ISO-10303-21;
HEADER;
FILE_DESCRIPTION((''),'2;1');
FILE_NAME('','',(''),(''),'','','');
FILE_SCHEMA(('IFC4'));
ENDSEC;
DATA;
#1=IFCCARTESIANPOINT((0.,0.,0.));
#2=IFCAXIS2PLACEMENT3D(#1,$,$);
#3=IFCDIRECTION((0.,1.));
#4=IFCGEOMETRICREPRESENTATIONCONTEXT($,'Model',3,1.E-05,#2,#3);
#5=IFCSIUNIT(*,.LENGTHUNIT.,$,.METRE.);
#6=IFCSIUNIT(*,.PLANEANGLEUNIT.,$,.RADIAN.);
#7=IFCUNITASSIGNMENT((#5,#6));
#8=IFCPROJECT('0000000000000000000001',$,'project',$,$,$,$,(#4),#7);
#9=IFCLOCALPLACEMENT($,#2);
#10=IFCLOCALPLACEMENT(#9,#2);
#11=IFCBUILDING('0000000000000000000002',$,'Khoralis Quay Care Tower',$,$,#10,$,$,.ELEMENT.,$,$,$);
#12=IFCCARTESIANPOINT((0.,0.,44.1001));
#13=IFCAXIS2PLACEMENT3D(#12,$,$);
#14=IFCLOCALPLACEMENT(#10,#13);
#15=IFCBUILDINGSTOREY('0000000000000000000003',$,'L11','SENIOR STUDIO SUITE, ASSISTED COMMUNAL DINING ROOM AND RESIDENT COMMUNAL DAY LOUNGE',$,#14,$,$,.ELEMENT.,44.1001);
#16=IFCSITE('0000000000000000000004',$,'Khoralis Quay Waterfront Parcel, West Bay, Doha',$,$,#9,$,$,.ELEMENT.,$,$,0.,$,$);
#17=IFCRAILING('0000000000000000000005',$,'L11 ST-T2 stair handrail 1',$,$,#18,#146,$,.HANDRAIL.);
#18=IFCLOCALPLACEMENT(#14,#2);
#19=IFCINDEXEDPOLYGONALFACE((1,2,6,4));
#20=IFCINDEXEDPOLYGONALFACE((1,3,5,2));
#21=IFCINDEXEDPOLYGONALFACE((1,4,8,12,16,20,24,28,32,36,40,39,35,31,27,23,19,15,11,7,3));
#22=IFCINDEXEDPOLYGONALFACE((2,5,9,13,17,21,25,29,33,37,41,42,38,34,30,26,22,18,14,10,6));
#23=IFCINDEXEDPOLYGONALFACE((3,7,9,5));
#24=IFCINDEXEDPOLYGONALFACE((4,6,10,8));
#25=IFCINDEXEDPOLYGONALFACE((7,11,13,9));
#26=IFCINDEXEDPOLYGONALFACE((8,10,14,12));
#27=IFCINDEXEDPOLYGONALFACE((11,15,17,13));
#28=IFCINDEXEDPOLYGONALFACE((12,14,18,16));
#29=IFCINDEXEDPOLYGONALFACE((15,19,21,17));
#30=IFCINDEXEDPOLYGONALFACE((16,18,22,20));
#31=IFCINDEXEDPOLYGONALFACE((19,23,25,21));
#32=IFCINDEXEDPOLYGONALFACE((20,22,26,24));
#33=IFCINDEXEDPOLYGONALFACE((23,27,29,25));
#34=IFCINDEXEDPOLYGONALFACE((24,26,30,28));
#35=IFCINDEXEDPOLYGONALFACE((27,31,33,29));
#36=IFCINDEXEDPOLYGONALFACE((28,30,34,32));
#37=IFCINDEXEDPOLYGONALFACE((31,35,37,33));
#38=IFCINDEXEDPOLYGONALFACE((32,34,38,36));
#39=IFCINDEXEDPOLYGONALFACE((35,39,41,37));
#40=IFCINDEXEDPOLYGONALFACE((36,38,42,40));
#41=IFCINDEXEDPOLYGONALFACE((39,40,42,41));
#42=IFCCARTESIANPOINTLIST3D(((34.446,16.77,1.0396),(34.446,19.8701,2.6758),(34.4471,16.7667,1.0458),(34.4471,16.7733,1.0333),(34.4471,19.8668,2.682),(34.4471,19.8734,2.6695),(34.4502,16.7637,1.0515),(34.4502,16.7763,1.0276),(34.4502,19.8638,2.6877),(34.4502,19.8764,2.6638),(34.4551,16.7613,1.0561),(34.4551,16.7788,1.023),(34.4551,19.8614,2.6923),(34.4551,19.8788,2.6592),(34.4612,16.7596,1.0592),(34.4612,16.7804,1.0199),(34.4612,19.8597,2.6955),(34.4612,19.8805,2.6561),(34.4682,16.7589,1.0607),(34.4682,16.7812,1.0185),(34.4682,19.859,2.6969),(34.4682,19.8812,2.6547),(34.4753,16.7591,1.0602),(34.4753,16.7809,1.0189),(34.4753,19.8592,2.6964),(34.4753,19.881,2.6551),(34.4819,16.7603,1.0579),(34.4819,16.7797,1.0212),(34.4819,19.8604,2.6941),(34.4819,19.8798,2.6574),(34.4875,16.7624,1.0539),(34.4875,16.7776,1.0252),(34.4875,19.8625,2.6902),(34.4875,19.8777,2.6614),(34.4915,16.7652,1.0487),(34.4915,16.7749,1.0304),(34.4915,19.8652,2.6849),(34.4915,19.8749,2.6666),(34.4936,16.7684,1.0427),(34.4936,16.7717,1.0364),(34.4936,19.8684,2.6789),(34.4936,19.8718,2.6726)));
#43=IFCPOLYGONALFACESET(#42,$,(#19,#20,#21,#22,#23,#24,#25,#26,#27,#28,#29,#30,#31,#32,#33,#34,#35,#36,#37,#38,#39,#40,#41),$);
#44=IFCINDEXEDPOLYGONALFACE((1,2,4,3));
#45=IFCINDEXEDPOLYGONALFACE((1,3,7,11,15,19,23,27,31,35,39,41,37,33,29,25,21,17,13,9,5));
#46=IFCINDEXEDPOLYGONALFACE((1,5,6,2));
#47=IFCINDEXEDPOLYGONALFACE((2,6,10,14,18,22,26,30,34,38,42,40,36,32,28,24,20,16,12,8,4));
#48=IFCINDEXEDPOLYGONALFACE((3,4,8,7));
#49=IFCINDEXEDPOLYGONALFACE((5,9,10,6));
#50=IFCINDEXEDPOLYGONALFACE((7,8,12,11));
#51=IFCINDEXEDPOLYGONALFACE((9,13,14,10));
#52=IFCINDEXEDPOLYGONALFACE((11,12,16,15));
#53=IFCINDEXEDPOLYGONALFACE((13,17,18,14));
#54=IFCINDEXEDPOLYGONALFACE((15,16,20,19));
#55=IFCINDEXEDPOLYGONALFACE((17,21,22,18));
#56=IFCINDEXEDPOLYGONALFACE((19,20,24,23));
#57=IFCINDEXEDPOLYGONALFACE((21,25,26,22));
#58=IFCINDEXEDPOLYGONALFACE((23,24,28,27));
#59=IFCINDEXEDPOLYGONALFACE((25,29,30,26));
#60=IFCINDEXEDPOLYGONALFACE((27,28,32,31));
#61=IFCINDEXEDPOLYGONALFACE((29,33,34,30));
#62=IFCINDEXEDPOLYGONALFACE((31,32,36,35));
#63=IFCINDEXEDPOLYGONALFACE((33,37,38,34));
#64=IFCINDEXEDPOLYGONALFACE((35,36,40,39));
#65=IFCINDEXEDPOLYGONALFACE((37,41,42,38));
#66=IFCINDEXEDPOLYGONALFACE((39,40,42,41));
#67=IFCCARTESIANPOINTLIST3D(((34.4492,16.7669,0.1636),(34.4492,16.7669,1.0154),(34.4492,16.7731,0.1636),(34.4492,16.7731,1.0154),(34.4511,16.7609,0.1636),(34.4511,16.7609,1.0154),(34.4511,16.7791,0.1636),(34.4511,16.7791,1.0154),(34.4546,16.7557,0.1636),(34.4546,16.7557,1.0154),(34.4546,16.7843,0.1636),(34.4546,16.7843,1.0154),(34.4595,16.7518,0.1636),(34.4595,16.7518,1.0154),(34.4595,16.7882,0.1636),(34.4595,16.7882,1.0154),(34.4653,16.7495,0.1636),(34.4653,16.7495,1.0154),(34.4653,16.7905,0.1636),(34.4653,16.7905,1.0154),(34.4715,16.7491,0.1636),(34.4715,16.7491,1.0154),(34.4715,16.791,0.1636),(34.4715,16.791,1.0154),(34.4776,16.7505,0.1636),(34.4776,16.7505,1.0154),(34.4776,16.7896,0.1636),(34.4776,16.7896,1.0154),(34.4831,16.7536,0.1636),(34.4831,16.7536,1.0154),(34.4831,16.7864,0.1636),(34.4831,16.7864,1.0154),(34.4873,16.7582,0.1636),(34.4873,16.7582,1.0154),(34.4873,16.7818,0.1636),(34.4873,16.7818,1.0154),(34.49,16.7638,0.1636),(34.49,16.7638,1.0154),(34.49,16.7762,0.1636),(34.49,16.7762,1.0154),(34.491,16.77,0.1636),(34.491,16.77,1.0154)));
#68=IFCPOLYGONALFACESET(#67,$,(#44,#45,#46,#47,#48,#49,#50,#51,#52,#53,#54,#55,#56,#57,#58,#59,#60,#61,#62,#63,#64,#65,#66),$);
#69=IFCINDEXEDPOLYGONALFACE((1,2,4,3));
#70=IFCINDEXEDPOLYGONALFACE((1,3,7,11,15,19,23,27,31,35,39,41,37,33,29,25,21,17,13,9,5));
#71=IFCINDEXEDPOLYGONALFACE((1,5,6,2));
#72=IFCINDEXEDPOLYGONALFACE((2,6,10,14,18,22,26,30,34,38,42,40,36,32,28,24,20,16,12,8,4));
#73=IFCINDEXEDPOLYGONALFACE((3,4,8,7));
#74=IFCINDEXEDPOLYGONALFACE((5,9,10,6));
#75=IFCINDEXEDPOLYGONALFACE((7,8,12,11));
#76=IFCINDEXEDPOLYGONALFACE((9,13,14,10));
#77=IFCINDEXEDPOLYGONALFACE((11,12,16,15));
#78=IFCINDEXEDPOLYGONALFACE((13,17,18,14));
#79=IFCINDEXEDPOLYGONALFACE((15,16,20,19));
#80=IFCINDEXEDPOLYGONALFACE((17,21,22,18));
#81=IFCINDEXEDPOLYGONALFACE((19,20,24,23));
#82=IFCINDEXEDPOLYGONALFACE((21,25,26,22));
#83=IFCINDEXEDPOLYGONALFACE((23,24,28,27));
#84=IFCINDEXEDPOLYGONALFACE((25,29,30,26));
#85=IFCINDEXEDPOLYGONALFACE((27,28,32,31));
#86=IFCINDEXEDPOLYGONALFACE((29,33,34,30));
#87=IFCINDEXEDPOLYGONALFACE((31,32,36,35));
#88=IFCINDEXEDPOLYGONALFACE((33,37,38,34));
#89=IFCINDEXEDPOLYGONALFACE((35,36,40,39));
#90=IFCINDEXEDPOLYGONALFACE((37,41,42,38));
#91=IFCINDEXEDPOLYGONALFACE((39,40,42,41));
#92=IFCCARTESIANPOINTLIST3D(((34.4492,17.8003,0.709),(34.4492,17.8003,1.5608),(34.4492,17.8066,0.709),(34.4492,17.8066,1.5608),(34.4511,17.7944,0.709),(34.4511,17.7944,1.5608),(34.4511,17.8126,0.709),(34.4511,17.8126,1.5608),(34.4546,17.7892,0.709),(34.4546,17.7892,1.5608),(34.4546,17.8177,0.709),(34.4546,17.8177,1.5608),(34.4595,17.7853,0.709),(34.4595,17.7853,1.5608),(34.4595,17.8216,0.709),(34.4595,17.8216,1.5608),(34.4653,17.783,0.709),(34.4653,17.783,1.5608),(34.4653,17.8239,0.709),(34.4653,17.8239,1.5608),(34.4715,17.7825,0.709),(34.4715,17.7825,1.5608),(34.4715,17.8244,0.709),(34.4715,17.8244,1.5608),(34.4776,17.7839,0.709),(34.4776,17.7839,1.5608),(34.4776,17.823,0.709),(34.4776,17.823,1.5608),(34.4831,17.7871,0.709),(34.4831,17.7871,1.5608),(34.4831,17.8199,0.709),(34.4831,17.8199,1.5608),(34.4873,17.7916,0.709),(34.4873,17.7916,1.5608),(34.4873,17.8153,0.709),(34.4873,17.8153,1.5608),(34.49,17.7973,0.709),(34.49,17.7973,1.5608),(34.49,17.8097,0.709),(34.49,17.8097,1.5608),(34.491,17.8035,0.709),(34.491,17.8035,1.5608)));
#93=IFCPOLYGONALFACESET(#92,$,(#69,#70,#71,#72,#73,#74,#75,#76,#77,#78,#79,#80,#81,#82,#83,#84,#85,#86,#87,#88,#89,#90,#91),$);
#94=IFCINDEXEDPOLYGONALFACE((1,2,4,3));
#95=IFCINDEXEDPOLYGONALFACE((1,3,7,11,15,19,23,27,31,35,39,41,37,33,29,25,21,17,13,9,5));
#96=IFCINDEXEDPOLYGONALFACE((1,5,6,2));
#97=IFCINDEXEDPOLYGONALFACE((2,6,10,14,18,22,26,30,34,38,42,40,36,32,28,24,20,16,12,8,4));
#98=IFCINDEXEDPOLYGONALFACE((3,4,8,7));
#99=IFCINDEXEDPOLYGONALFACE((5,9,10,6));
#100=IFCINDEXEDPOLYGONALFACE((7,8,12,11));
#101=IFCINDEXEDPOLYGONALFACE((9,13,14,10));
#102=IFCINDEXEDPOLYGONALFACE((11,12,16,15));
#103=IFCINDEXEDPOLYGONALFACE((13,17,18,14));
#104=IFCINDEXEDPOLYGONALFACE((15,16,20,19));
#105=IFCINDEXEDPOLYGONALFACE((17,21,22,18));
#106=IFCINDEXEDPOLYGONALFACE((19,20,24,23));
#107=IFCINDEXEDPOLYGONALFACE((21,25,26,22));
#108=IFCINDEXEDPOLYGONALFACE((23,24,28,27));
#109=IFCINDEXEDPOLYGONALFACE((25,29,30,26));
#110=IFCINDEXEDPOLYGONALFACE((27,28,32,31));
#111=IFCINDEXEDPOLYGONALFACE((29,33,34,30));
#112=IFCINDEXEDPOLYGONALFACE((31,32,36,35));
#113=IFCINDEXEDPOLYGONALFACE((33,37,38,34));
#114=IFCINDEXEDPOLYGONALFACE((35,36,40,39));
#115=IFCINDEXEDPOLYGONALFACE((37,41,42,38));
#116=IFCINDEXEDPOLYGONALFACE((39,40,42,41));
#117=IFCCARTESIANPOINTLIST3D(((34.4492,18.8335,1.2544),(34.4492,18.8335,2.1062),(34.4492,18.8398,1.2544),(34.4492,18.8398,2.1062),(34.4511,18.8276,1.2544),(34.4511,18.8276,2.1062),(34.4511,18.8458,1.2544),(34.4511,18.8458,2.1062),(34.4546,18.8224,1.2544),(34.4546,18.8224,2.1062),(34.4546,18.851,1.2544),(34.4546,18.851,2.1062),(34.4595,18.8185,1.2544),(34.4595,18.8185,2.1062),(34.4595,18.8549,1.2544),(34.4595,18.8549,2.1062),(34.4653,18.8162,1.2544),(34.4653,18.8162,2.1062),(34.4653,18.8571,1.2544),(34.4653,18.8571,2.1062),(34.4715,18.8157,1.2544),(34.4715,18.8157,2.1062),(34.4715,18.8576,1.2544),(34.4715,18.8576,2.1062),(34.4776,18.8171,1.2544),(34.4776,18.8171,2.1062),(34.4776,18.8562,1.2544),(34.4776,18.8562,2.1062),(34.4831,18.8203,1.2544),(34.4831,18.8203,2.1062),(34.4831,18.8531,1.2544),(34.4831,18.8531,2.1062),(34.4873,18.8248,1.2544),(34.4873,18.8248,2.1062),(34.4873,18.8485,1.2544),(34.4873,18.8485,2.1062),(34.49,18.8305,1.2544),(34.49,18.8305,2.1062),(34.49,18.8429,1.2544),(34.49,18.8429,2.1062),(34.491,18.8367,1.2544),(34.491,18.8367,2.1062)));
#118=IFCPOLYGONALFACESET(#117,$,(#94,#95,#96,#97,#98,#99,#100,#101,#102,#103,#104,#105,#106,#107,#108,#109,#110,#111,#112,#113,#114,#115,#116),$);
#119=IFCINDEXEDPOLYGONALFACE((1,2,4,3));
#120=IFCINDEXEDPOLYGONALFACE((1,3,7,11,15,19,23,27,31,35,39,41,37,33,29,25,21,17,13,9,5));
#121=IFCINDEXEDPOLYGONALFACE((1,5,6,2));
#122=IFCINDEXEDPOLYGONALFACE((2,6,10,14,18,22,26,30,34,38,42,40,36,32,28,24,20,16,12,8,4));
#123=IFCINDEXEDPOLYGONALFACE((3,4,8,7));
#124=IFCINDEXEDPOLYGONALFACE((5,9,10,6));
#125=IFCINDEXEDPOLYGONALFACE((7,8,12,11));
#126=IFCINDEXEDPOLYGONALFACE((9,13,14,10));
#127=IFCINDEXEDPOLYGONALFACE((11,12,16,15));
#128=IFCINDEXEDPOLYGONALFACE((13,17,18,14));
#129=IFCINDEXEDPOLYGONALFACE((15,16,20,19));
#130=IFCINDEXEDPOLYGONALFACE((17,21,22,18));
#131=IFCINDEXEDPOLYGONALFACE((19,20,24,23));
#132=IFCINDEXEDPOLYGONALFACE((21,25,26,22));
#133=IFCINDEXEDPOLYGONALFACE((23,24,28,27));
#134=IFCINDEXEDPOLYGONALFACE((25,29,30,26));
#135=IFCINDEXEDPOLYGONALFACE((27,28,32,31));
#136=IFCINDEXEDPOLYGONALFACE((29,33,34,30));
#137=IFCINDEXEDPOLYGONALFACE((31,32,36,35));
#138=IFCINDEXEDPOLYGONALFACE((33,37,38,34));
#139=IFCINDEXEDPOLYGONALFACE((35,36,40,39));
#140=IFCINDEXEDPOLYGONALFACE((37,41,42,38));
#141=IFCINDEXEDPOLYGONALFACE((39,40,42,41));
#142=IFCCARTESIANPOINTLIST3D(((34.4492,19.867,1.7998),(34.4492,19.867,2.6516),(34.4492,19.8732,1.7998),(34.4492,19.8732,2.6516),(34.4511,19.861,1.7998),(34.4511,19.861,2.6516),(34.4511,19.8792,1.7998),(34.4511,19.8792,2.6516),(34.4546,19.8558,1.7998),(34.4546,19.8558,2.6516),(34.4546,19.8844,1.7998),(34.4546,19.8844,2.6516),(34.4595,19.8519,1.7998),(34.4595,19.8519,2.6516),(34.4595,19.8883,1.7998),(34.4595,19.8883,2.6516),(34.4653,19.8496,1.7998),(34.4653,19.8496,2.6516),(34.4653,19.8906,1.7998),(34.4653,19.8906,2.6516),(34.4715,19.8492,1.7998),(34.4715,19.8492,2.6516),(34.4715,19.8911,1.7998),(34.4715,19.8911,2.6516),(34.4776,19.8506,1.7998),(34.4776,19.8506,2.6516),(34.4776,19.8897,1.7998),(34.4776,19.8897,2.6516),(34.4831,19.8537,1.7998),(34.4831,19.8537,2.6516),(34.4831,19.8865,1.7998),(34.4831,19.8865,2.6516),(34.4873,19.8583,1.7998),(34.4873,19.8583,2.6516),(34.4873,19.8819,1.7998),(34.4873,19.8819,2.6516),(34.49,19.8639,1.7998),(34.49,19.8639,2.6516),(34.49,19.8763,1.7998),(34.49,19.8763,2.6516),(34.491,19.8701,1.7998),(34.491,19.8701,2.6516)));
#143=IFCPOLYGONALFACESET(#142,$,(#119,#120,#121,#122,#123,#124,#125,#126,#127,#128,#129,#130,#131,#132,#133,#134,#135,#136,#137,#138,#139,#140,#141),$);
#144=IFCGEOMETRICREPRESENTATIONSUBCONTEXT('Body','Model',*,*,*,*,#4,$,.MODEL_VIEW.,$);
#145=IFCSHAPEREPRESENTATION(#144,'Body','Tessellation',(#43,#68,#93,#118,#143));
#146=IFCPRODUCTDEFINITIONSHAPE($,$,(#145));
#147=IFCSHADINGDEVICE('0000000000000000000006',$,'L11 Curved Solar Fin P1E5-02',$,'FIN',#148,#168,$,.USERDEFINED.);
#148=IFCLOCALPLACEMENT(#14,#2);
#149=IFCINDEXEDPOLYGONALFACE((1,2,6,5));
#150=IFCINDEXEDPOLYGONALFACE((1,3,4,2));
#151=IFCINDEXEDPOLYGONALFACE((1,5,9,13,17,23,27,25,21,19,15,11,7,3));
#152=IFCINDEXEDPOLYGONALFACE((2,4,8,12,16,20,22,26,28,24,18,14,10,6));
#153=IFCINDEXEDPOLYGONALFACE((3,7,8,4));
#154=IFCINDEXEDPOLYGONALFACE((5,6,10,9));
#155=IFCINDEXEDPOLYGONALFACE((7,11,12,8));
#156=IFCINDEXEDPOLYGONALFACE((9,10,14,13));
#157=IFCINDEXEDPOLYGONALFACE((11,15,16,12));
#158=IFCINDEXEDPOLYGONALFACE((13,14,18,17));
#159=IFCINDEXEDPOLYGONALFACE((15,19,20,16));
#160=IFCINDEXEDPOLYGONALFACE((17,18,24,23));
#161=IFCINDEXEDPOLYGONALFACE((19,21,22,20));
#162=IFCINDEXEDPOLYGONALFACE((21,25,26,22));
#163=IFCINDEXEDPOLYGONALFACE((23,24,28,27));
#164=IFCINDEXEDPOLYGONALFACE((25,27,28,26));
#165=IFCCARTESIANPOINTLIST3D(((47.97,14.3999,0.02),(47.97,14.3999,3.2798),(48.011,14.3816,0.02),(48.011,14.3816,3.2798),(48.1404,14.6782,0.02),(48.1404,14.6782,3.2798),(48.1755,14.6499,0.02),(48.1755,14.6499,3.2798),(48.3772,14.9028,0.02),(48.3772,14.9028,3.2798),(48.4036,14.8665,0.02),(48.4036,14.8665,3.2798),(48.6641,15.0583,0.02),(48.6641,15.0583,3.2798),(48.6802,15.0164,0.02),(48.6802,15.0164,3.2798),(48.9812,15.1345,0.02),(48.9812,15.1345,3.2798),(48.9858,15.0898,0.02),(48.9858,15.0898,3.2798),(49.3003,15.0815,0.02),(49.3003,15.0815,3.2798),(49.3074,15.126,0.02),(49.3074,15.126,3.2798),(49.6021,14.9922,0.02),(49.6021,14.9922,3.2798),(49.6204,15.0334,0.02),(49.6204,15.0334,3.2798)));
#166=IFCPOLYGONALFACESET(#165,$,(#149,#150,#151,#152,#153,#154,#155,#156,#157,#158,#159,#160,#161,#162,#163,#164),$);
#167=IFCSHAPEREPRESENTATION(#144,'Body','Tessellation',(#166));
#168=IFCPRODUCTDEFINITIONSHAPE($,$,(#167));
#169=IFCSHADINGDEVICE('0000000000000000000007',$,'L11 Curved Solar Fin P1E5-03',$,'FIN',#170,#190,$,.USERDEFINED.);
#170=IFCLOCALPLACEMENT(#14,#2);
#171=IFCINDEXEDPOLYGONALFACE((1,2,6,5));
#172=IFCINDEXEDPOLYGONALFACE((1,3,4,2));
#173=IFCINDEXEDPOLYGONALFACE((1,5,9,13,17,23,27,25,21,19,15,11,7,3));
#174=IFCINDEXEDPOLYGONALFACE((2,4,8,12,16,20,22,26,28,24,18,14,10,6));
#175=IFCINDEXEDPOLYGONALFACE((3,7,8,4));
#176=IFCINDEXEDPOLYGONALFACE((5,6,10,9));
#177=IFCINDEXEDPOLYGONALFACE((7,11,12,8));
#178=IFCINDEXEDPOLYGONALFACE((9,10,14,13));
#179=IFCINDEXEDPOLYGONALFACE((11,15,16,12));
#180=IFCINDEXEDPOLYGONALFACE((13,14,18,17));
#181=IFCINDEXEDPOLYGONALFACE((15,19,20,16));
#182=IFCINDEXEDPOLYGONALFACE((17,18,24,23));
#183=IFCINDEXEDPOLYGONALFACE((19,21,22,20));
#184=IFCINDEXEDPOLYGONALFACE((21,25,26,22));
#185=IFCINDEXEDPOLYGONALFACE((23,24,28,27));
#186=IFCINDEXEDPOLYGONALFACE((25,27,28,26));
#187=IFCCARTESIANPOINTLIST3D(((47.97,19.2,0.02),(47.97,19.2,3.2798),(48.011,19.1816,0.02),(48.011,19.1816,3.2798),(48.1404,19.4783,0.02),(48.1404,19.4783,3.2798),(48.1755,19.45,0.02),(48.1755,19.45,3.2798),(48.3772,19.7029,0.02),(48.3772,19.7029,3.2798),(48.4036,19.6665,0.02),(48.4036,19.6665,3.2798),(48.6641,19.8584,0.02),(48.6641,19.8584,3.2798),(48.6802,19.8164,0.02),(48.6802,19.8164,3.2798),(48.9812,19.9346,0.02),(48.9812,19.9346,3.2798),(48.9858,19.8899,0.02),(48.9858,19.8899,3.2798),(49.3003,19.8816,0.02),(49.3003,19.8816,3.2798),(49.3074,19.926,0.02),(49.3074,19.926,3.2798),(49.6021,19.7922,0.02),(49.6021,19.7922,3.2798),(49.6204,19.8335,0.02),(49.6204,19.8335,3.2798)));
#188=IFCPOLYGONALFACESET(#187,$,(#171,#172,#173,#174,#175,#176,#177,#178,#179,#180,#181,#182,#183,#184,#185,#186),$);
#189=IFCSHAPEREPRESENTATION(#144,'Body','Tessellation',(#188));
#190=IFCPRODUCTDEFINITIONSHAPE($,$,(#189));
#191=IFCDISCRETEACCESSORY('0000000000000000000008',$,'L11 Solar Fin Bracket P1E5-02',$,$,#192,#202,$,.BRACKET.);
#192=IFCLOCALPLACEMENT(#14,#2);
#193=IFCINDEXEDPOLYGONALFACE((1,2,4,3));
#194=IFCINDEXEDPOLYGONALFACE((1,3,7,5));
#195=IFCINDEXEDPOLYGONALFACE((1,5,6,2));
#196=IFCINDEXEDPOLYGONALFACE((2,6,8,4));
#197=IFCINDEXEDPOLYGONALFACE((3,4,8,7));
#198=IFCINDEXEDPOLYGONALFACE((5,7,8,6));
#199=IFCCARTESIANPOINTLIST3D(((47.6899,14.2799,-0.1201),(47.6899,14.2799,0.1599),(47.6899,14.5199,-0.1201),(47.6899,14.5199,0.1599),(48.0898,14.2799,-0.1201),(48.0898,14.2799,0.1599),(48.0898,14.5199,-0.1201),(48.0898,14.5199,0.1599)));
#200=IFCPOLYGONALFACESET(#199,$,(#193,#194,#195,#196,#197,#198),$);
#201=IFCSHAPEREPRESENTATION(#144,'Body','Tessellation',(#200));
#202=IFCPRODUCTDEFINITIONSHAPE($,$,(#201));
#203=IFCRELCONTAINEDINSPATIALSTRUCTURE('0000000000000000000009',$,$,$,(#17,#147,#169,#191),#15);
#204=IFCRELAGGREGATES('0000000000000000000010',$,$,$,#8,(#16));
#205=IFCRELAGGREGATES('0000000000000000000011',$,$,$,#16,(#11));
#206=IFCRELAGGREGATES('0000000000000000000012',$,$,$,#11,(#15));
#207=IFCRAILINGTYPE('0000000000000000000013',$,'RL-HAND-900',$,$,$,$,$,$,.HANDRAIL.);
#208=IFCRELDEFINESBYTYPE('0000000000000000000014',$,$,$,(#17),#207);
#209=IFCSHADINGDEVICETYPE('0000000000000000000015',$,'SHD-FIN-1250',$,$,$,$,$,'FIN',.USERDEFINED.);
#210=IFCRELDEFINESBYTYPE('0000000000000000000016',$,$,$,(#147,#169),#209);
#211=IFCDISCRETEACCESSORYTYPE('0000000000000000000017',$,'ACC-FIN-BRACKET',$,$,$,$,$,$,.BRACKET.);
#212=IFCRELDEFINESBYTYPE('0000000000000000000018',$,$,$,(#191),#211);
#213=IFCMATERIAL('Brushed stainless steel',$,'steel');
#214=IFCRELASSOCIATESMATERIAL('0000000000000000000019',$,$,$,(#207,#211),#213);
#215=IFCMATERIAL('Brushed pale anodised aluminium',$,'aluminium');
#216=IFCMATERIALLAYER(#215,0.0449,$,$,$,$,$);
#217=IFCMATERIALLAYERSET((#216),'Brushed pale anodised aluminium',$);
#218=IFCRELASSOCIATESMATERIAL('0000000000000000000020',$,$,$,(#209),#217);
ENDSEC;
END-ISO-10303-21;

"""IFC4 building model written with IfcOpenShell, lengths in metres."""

from ifc_helpers import new_model, si_unit, direction, frame, origin, origin_2d, place, context, subcontext, project, spatial, polyline, rectangle, circle, outline, extrude, source, transform, mapped, material, layer, layer_set, type_object, element, save


model = new_model("IFC4")

# Units and contexts
model_context = context("Model", 3, precision=1e-05, world=origin(), true_north=direction((0.0, 1.0)))
body_context = subcontext(model_context, "Body", "Model", "MODEL_VIEW")
ifc_project = project(units=[si_unit("LENGTHUNIT", "METRE"), si_unit("PLANEANGLEUNIT", "RADIAN")], contexts=[model_context])

# Site, building, storey
site_placement = place(None, origin())
site = spatial("IfcSite", under=ifc_project, at=site_placement, Name="Khoralis Quay Waterfront Parcel, West Bay, Doha", CompositionType="ELEMENT", RefElevation=0.0)
building_placement = place(site_placement, origin())
building = spatial("IfcBuilding", under=site, at=building_placement, Name="Khoralis Quay Care Tower", CompositionType="ELEMENT")
storey_placement = place(building_placement, frame((0.0, 0.0, 44.1001)))
storey = spatial("IfcBuildingStorey", under=building, at=storey_placement, Name="L11", Description="SENIOR STUDIO SUITE, ASSISTED COMMUNAL DINING ROOM AND RESIDENT COMMUNAL DAY LOUNGE", CompositionType="ELEMENT", Elevation=44.1001)

# Railing
ifc_material_1 = material(Name="Brushed stainless steel", Category="steel")
railing_type = type_object("IfcRailingType", Name="RL-HAND-900", PredefinedType="HANDRAIL", material=ifc_material_1)
railing_placement = place(storey_placement, frame((34.47, 16.77, 0.1636)))
element("IfcRailing", 1, at=railing_placement, inside=storey, type_object=railing_type, Name="L11 ST-T2 stair handrail 1", PredefinedType="HANDRAIL", context=body_context, shape_type="SweptSolid", body=[
    extrude(circle(Radius=0.0239, at=origin_2d()), frame((0.0, 0.0, 0.876), z_axis=(0.0, 0.884377, 0.466774), x_axis=(-1.0, 0.0, 0.0)), (0.0, 0.0, 1.0), 3.5054),
    extrude(circle(Radius=0.021, at=origin_2d()), origin(), (0.0, 0.0, 1.0), 0.8518),
    extrude(circle(Radius=0.021, at=origin_2d()), frame((0.0, 1.0334, 0.5454)), (0.0, 0.0, 1.0), 0.8518),
    extrude(circle(Radius=0.021, at=origin_2d()), frame((0.0, 2.0667, 1.0908)), (0.0, 0.0, 1.0), 0.8518),
    extrude(circle(Radius=0.021, at=origin_2d()), frame((0.0, 3.1001, 1.6362)), (0.0, 0.0, 1.0), 0.8518),
])

# Shading devices
ifc_material_2 = material(Name="Brushed pale anodised aluminium", Category="aluminium")
ifc_layer_1 = layer(ifc_material_2, 0.0449)
ifc_layer_set_1 = layer_set([ifc_layer_1], Name="Brushed pale anodised aluminium")
shading_device_type = type_object("IfcShadingDeviceType", Name="SHD-FIN-1250", ElementType="FIN", PredefinedType="USERDEFINED", material=ifc_layer_set_1)
shared_shape_1 = source(origin(), body_context, "Body", "SweptSolid", [
    extrude(outline(polyline([(0.0, 0.0), (0.1704, 0.2783), (0.4072, 0.5029), (0.6941, 0.6584), (1.0112, 0.7346), (1.3374, 0.7261), (1.6504, 0.6335), (1.6321, 0.5923), (1.3303, 0.6816), (1.0159, 0.6899), (0.7102, 0.6165), (0.4336, 0.4666), (0.2056, 0.25), (0.041, -0.0183), (0.0, 0.0)])), origin(), (0.0, 0.0, 1.0), 3.2598),
])
for number, where, z_axis, x_axis, name in (
    (2, (47.97, 14.3999, 0.02), (0.0, 0.0, 1.0), (1.0, 0.0, 0.0), "L11 Curved Solar Fin P1E5-02"),
    (3, (47.97, 19.2, 0.02), (0.0, 0.0, 1.0), (1.0, 0.0, 0.0), "L11 Curved Solar Fin P1E5-03"),
):
    element("IfcShadingDevice", number, at=place(storey_placement, frame(where, z_axis=z_axis, x_axis=x_axis)), inside=storey, type_object=shading_device_type, Name=name, ObjectType="FIN", PredefinedType="USERDEFINED", context=body_context, shape_type="MappedRepresentation", body=[
        mapped(shared_shape_1, transform((0.0, 0.0, 0.0), scale=1.0)),
    ])

# Discrete accessory
discrete_accessory_type = type_object("IfcDiscreteAccessoryType", Name="ACC-FIN-BRACKET", PredefinedType="BRACKET", material=ifc_material_1)
shared_shape_2 = source(origin(), body_context, "Body", "SweptSolid", [
    extrude(rectangle(XDim=0.3999, YDim=0.24, at=origin_2d()), origin(), (0.0, 0.0, 1.0), 0.28),
])
for number, where, z_axis, x_axis, name in (
    (4, (47.8899, 14.3999, -0.1201), (0.0, 0.0, 1.0), (1.0, 0.0, 0.0), "L11 Solar Fin Bracket P1E5-02"),
):
    element("IfcDiscreteAccessory", number, at=place(storey_placement, frame(where, z_axis=z_axis, x_axis=x_axis)), inside=storey, type_object=discrete_accessory_type, Name=name, PredefinedType="BRACKET", context=body_context, shape_type="MappedRepresentation", body=[
        mapped(shared_shape_2, transform((0.0, 0.0, 0.0), scale=1.0)),
    ])

save(model, "model.ifc")
